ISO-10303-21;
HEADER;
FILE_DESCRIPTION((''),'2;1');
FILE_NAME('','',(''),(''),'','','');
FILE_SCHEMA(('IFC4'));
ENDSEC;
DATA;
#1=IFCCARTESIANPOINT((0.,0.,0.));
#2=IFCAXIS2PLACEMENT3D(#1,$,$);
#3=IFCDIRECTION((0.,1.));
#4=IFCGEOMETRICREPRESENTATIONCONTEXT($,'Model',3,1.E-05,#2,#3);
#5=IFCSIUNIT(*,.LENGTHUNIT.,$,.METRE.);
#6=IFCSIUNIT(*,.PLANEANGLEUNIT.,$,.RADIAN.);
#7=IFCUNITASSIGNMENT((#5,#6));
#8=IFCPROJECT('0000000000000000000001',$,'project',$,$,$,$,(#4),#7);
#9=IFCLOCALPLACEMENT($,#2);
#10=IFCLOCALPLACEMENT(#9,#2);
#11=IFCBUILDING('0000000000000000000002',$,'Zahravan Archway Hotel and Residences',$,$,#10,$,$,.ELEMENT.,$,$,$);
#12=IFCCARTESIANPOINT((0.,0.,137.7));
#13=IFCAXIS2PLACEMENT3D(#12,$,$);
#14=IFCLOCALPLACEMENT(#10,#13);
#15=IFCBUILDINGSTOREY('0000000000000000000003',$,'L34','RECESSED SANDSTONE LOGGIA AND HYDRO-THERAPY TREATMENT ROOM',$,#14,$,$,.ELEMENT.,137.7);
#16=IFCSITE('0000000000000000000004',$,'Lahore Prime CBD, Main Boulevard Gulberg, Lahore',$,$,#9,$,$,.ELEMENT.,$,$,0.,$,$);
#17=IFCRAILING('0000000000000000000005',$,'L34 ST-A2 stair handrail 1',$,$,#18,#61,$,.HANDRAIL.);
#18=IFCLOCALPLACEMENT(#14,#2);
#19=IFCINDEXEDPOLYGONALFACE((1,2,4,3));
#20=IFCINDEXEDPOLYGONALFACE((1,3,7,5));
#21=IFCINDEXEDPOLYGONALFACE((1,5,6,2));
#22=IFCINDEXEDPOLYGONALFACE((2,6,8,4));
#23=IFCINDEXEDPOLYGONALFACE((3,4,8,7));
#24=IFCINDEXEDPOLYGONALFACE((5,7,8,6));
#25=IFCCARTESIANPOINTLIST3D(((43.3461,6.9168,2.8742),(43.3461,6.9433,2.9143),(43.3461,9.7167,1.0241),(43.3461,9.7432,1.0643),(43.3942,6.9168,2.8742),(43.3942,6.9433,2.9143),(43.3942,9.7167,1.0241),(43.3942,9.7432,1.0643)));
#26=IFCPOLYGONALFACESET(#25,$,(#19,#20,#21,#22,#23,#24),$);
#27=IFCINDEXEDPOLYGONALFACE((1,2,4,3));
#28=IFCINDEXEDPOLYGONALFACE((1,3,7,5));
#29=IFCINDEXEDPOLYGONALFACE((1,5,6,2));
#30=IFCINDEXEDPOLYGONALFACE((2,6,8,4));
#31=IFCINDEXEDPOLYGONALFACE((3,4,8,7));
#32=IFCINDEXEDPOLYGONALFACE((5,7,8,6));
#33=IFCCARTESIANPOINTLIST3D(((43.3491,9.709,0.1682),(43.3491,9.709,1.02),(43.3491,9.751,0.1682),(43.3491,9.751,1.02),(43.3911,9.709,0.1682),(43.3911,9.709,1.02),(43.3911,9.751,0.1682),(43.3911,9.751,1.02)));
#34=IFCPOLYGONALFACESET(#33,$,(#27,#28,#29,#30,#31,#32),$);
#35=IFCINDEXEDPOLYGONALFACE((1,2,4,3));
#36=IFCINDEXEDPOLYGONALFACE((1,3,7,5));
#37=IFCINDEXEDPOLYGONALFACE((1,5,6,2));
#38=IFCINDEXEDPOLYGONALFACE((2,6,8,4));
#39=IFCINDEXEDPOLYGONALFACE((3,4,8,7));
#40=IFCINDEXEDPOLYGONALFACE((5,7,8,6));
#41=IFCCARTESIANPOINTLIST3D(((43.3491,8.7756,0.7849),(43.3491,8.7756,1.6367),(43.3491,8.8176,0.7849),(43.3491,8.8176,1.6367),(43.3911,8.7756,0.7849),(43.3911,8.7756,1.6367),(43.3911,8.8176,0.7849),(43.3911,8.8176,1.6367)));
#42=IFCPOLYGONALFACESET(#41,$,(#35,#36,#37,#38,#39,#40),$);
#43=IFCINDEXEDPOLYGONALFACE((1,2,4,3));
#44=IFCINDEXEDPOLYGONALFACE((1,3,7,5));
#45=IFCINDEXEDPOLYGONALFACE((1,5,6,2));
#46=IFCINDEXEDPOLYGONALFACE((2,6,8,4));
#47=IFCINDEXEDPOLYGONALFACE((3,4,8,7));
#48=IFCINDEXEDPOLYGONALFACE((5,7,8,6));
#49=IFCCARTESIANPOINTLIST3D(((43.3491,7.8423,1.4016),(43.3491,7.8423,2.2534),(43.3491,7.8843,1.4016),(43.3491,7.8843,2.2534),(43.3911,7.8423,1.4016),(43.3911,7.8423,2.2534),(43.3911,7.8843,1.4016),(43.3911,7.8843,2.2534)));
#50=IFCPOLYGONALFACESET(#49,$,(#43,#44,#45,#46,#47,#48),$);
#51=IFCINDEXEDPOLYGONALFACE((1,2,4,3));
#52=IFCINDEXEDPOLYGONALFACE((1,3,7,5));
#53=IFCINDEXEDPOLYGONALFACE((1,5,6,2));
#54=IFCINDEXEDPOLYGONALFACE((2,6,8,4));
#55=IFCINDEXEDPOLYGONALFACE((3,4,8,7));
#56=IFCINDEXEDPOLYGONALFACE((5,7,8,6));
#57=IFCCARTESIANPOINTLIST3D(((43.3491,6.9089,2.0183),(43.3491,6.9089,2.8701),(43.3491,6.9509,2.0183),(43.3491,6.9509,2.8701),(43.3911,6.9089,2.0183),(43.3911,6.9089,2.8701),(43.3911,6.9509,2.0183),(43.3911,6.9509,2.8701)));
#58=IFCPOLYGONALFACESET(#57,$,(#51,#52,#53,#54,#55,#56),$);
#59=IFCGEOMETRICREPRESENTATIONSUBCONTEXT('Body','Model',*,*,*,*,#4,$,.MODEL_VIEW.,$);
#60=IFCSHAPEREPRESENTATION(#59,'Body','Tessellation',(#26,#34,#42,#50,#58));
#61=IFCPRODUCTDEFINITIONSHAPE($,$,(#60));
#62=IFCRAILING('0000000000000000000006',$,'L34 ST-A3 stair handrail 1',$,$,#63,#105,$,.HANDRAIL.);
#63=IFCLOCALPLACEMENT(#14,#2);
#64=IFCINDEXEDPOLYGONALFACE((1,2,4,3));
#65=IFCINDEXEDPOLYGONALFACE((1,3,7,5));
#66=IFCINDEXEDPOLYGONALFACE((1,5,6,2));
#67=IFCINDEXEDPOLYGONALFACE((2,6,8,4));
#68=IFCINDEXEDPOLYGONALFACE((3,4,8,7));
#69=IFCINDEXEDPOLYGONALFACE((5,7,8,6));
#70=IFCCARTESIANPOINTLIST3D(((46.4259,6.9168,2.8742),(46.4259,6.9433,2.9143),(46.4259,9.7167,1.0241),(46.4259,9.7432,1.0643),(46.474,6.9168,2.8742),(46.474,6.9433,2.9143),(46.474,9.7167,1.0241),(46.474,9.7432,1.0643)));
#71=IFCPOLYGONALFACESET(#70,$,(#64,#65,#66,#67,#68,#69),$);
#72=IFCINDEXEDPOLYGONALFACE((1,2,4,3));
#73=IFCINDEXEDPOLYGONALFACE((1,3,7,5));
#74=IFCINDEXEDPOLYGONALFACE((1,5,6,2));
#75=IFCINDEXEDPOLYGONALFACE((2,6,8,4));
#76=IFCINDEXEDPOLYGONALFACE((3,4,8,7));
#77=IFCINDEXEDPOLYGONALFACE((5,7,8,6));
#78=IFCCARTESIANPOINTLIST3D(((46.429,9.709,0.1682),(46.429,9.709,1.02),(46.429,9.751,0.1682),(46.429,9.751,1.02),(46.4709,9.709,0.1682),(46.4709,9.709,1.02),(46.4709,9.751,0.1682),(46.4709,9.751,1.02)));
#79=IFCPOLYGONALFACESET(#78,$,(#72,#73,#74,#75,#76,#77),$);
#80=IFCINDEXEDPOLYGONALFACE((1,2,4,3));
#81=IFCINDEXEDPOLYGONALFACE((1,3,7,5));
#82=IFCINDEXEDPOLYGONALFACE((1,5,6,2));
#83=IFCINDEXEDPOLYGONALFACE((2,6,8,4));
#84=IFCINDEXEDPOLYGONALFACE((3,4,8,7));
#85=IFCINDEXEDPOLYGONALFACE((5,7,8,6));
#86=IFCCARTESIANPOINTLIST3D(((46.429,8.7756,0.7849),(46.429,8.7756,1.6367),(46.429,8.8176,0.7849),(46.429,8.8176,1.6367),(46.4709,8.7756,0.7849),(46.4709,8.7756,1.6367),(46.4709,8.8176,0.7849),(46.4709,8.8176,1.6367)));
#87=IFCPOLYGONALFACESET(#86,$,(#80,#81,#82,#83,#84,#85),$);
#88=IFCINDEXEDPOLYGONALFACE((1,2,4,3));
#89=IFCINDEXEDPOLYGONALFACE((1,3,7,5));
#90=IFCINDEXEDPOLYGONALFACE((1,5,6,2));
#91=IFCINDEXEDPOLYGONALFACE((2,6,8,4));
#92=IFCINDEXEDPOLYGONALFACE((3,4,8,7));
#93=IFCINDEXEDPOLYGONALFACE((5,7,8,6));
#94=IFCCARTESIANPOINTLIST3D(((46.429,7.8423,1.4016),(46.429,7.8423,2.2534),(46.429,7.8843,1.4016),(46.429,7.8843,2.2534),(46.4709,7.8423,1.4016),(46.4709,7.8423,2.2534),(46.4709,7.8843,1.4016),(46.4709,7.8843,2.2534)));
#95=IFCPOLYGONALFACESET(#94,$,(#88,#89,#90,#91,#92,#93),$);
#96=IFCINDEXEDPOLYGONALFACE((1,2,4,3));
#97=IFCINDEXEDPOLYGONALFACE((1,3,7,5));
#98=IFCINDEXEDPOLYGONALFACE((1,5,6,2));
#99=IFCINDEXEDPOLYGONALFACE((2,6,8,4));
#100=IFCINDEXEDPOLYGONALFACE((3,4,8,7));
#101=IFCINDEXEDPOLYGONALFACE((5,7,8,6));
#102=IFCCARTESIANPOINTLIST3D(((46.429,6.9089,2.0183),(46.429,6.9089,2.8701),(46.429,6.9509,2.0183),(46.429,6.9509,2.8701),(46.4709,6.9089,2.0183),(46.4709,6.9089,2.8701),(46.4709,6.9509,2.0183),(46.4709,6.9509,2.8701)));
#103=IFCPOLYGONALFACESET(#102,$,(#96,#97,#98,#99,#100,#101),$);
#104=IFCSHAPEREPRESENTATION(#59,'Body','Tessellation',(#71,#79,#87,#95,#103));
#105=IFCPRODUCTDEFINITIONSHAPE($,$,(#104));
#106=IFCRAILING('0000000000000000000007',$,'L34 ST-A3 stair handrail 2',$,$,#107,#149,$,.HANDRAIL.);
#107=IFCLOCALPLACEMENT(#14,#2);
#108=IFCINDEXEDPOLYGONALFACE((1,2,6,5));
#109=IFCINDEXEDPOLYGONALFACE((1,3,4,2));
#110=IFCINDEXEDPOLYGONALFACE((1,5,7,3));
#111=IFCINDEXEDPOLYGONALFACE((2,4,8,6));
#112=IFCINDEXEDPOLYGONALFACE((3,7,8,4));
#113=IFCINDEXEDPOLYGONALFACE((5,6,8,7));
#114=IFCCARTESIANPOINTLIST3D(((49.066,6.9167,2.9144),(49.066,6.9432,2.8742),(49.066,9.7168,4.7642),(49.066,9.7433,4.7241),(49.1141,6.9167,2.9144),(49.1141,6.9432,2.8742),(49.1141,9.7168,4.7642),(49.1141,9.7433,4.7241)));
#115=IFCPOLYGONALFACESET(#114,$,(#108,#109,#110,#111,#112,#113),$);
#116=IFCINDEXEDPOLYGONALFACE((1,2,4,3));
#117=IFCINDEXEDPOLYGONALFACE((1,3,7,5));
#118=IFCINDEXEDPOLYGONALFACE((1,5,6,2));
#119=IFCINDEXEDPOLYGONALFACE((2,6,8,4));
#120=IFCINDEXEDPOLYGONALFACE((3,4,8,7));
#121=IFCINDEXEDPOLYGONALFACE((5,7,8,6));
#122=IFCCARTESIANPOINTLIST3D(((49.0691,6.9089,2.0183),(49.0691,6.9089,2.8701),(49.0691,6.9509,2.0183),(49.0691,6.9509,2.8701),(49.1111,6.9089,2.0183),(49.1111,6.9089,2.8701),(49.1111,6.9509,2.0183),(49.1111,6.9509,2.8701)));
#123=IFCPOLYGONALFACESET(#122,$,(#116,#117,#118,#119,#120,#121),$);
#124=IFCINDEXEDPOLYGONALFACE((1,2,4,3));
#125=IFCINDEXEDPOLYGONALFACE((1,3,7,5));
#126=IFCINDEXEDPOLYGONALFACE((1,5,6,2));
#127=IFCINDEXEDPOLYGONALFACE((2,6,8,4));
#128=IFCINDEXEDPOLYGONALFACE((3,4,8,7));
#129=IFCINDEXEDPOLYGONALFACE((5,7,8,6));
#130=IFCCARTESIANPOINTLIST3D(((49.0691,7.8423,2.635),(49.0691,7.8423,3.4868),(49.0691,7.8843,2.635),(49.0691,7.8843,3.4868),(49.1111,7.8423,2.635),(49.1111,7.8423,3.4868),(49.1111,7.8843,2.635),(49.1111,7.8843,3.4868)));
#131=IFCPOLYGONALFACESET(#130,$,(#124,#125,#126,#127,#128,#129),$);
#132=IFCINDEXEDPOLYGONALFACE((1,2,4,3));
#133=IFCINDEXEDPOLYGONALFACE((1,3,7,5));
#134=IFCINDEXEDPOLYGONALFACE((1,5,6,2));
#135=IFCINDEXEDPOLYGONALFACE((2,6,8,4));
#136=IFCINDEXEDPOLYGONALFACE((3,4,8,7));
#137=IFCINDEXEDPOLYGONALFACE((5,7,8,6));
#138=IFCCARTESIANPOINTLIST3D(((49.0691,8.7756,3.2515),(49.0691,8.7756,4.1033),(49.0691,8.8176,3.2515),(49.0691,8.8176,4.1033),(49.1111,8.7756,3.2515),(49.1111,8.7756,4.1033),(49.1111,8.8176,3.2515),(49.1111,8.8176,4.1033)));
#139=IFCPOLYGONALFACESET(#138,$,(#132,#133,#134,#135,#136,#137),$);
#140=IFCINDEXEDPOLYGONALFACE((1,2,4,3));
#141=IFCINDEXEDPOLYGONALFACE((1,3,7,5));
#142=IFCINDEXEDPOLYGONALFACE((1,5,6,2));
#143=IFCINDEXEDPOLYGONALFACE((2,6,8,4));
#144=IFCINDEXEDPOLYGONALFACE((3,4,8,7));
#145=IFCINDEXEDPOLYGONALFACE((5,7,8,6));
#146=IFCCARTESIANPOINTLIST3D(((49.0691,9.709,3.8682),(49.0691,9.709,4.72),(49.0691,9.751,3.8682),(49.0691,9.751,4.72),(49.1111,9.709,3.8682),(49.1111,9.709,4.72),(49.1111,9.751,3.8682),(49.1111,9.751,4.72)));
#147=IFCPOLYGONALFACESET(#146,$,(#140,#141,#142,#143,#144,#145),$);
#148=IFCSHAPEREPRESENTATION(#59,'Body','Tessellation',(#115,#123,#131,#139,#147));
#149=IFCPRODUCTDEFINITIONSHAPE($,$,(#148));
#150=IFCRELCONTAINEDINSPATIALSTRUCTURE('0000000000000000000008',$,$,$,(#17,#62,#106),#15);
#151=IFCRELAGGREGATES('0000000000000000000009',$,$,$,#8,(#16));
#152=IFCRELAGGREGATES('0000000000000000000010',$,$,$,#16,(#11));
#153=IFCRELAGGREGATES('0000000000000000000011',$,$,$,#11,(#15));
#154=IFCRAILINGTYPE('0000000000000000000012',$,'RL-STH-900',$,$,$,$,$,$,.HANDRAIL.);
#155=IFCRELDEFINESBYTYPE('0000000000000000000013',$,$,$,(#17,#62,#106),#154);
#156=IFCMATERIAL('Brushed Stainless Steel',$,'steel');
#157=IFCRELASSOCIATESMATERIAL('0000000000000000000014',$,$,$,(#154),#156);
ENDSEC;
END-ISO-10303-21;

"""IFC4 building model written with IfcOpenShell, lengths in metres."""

from ifc_helpers import new_model, si_unit, direction, frame, origin, origin_2d, place, context, subcontext, project, spatial, rectangle, extrude, material, type_object, element, save


model = new_model("IFC4")

# Units and contexts
model_context = context("Model", 3, precision=1e-05, world=origin(), true_north=direction((0.0, 1.0)))
body_context = subcontext(model_context, "Body", "Model", "MODEL_VIEW")
ifc_project = project(units=[si_unit("LENGTHUNIT", "METRE"), si_unit("PLANEANGLEUNIT", "RADIAN")], contexts=[model_context])

# Site, building, storey
site_placement = place(None, origin())
site = spatial("IfcSite", under=ifc_project, at=site_placement, Name="Lahore Prime CBD, Main Boulevard Gulberg, Lahore", CompositionType="ELEMENT", RefElevation=0.0)
building_placement = place(site_placement, origin())
building = spatial("IfcBuilding", under=site, at=building_placement, Name="Zahravan Archway Hotel and Residences", CompositionType="ELEMENT")
storey_placement = place(building_placement, frame((0.0, 0.0, 137.7)))
storey = spatial("IfcBuildingStorey", under=building, at=storey_placement, Name="L34", Description="RECESSED SANDSTONE LOGGIA AND HYDRO-THERAPY TREATMENT ROOM", CompositionType="ELEMENT", Elevation=137.7)

# Railings
ifc_material_1 = material(Name="Brushed Stainless Steel", Category="steel")
railing_type_1 = type_object("IfcRailingType", Name="RL-STH-900", PredefinedType="HANDRAIL", material=ifc_material_1)
for number, where, name in (
    (1, (43.3701, 9.73, 0.1682), "L34 ST-A2 stair handrail 1"),
    (2, (46.45, 9.73, 0.1682), "L34 ST-A3 stair handrail 1"),
):
    element("IfcRailing", number, at=place(storey_placement, frame(where)), inside=storey, type_object=railing_type_1, Name=name, PredefinedType="HANDRAIL", context=body_context, shape_type="SweptSolid", body=[
        extrude(rectangle(XDim=0.0481, YDim=0.0481, at=origin_2d()), frame((0.0, 0.0, 0.876), z_axis=(0.0, -0.834326, 0.551271), x_axis=(1.0, 0.0, 0.0)), (0.0, 0.0, 1.0), 3.356),
        extrude(rectangle(XDim=0.042, YDim=0.042, at=origin_2d()), origin(), (0.0, 0.0, 1.0), 0.8518),
        extrude(rectangle(XDim=0.042, YDim=0.042, at=origin_2d()), frame((0.0, -0.9333, 0.6167)), (0.0, 0.0, 1.0), 0.8518),
        extrude(rectangle(XDim=0.042, YDim=0.042, at=origin_2d()), frame((0.0, -1.8667, 1.2334)), (0.0, 0.0, 1.0), 0.8518),
        extrude(rectangle(XDim=0.042, YDim=0.042, at=origin_2d()), frame((0.0, -2.8, 1.8501)), (0.0, 0.0, 1.0), 0.8518),
    ])
railing_1_placement = place(storey_placement, frame((49.0901, 6.9299, 2.0183)))
element("IfcRailing", 3, at=railing_1_placement, inside=storey, type_object=railing_type_1, Name="L34 ST-A3 stair handrail 2", PredefinedType="HANDRAIL", context=body_context, shape_type="SweptSolid", body=[
    extrude(rectangle(XDim=0.0481, YDim=0.0481, at=origin_2d()), frame((0.0, 0.0, 0.876), z_axis=(0.0, 0.83436, 0.55122), x_axis=(-1.0, 0.0, 0.0)), (0.0, 0.0, 1.0), 3.356),
    extrude(rectangle(XDim=0.042, YDim=0.042, at=origin_2d()), origin(), (0.0, 0.0, 1.0), 0.8518),
    extrude(rectangle(XDim=0.042, YDim=0.042, at=origin_2d()), frame((0.0, 0.9333, 0.6167)), (0.0, 0.0, 1.0), 0.8518),
    extrude(rectangle(XDim=0.042, YDim=0.042, at=origin_2d()), frame((0.0, 1.8667, 1.2332)), (0.0, 0.0, 1.0), 0.8518),
    extrude(rectangle(XDim=0.042, YDim=0.042, at=origin_2d()), frame((0.0, 2.8, 1.8499)), (0.0, 0.0, 1.0), 0.8518),
])

save(model, "model.ifc")
